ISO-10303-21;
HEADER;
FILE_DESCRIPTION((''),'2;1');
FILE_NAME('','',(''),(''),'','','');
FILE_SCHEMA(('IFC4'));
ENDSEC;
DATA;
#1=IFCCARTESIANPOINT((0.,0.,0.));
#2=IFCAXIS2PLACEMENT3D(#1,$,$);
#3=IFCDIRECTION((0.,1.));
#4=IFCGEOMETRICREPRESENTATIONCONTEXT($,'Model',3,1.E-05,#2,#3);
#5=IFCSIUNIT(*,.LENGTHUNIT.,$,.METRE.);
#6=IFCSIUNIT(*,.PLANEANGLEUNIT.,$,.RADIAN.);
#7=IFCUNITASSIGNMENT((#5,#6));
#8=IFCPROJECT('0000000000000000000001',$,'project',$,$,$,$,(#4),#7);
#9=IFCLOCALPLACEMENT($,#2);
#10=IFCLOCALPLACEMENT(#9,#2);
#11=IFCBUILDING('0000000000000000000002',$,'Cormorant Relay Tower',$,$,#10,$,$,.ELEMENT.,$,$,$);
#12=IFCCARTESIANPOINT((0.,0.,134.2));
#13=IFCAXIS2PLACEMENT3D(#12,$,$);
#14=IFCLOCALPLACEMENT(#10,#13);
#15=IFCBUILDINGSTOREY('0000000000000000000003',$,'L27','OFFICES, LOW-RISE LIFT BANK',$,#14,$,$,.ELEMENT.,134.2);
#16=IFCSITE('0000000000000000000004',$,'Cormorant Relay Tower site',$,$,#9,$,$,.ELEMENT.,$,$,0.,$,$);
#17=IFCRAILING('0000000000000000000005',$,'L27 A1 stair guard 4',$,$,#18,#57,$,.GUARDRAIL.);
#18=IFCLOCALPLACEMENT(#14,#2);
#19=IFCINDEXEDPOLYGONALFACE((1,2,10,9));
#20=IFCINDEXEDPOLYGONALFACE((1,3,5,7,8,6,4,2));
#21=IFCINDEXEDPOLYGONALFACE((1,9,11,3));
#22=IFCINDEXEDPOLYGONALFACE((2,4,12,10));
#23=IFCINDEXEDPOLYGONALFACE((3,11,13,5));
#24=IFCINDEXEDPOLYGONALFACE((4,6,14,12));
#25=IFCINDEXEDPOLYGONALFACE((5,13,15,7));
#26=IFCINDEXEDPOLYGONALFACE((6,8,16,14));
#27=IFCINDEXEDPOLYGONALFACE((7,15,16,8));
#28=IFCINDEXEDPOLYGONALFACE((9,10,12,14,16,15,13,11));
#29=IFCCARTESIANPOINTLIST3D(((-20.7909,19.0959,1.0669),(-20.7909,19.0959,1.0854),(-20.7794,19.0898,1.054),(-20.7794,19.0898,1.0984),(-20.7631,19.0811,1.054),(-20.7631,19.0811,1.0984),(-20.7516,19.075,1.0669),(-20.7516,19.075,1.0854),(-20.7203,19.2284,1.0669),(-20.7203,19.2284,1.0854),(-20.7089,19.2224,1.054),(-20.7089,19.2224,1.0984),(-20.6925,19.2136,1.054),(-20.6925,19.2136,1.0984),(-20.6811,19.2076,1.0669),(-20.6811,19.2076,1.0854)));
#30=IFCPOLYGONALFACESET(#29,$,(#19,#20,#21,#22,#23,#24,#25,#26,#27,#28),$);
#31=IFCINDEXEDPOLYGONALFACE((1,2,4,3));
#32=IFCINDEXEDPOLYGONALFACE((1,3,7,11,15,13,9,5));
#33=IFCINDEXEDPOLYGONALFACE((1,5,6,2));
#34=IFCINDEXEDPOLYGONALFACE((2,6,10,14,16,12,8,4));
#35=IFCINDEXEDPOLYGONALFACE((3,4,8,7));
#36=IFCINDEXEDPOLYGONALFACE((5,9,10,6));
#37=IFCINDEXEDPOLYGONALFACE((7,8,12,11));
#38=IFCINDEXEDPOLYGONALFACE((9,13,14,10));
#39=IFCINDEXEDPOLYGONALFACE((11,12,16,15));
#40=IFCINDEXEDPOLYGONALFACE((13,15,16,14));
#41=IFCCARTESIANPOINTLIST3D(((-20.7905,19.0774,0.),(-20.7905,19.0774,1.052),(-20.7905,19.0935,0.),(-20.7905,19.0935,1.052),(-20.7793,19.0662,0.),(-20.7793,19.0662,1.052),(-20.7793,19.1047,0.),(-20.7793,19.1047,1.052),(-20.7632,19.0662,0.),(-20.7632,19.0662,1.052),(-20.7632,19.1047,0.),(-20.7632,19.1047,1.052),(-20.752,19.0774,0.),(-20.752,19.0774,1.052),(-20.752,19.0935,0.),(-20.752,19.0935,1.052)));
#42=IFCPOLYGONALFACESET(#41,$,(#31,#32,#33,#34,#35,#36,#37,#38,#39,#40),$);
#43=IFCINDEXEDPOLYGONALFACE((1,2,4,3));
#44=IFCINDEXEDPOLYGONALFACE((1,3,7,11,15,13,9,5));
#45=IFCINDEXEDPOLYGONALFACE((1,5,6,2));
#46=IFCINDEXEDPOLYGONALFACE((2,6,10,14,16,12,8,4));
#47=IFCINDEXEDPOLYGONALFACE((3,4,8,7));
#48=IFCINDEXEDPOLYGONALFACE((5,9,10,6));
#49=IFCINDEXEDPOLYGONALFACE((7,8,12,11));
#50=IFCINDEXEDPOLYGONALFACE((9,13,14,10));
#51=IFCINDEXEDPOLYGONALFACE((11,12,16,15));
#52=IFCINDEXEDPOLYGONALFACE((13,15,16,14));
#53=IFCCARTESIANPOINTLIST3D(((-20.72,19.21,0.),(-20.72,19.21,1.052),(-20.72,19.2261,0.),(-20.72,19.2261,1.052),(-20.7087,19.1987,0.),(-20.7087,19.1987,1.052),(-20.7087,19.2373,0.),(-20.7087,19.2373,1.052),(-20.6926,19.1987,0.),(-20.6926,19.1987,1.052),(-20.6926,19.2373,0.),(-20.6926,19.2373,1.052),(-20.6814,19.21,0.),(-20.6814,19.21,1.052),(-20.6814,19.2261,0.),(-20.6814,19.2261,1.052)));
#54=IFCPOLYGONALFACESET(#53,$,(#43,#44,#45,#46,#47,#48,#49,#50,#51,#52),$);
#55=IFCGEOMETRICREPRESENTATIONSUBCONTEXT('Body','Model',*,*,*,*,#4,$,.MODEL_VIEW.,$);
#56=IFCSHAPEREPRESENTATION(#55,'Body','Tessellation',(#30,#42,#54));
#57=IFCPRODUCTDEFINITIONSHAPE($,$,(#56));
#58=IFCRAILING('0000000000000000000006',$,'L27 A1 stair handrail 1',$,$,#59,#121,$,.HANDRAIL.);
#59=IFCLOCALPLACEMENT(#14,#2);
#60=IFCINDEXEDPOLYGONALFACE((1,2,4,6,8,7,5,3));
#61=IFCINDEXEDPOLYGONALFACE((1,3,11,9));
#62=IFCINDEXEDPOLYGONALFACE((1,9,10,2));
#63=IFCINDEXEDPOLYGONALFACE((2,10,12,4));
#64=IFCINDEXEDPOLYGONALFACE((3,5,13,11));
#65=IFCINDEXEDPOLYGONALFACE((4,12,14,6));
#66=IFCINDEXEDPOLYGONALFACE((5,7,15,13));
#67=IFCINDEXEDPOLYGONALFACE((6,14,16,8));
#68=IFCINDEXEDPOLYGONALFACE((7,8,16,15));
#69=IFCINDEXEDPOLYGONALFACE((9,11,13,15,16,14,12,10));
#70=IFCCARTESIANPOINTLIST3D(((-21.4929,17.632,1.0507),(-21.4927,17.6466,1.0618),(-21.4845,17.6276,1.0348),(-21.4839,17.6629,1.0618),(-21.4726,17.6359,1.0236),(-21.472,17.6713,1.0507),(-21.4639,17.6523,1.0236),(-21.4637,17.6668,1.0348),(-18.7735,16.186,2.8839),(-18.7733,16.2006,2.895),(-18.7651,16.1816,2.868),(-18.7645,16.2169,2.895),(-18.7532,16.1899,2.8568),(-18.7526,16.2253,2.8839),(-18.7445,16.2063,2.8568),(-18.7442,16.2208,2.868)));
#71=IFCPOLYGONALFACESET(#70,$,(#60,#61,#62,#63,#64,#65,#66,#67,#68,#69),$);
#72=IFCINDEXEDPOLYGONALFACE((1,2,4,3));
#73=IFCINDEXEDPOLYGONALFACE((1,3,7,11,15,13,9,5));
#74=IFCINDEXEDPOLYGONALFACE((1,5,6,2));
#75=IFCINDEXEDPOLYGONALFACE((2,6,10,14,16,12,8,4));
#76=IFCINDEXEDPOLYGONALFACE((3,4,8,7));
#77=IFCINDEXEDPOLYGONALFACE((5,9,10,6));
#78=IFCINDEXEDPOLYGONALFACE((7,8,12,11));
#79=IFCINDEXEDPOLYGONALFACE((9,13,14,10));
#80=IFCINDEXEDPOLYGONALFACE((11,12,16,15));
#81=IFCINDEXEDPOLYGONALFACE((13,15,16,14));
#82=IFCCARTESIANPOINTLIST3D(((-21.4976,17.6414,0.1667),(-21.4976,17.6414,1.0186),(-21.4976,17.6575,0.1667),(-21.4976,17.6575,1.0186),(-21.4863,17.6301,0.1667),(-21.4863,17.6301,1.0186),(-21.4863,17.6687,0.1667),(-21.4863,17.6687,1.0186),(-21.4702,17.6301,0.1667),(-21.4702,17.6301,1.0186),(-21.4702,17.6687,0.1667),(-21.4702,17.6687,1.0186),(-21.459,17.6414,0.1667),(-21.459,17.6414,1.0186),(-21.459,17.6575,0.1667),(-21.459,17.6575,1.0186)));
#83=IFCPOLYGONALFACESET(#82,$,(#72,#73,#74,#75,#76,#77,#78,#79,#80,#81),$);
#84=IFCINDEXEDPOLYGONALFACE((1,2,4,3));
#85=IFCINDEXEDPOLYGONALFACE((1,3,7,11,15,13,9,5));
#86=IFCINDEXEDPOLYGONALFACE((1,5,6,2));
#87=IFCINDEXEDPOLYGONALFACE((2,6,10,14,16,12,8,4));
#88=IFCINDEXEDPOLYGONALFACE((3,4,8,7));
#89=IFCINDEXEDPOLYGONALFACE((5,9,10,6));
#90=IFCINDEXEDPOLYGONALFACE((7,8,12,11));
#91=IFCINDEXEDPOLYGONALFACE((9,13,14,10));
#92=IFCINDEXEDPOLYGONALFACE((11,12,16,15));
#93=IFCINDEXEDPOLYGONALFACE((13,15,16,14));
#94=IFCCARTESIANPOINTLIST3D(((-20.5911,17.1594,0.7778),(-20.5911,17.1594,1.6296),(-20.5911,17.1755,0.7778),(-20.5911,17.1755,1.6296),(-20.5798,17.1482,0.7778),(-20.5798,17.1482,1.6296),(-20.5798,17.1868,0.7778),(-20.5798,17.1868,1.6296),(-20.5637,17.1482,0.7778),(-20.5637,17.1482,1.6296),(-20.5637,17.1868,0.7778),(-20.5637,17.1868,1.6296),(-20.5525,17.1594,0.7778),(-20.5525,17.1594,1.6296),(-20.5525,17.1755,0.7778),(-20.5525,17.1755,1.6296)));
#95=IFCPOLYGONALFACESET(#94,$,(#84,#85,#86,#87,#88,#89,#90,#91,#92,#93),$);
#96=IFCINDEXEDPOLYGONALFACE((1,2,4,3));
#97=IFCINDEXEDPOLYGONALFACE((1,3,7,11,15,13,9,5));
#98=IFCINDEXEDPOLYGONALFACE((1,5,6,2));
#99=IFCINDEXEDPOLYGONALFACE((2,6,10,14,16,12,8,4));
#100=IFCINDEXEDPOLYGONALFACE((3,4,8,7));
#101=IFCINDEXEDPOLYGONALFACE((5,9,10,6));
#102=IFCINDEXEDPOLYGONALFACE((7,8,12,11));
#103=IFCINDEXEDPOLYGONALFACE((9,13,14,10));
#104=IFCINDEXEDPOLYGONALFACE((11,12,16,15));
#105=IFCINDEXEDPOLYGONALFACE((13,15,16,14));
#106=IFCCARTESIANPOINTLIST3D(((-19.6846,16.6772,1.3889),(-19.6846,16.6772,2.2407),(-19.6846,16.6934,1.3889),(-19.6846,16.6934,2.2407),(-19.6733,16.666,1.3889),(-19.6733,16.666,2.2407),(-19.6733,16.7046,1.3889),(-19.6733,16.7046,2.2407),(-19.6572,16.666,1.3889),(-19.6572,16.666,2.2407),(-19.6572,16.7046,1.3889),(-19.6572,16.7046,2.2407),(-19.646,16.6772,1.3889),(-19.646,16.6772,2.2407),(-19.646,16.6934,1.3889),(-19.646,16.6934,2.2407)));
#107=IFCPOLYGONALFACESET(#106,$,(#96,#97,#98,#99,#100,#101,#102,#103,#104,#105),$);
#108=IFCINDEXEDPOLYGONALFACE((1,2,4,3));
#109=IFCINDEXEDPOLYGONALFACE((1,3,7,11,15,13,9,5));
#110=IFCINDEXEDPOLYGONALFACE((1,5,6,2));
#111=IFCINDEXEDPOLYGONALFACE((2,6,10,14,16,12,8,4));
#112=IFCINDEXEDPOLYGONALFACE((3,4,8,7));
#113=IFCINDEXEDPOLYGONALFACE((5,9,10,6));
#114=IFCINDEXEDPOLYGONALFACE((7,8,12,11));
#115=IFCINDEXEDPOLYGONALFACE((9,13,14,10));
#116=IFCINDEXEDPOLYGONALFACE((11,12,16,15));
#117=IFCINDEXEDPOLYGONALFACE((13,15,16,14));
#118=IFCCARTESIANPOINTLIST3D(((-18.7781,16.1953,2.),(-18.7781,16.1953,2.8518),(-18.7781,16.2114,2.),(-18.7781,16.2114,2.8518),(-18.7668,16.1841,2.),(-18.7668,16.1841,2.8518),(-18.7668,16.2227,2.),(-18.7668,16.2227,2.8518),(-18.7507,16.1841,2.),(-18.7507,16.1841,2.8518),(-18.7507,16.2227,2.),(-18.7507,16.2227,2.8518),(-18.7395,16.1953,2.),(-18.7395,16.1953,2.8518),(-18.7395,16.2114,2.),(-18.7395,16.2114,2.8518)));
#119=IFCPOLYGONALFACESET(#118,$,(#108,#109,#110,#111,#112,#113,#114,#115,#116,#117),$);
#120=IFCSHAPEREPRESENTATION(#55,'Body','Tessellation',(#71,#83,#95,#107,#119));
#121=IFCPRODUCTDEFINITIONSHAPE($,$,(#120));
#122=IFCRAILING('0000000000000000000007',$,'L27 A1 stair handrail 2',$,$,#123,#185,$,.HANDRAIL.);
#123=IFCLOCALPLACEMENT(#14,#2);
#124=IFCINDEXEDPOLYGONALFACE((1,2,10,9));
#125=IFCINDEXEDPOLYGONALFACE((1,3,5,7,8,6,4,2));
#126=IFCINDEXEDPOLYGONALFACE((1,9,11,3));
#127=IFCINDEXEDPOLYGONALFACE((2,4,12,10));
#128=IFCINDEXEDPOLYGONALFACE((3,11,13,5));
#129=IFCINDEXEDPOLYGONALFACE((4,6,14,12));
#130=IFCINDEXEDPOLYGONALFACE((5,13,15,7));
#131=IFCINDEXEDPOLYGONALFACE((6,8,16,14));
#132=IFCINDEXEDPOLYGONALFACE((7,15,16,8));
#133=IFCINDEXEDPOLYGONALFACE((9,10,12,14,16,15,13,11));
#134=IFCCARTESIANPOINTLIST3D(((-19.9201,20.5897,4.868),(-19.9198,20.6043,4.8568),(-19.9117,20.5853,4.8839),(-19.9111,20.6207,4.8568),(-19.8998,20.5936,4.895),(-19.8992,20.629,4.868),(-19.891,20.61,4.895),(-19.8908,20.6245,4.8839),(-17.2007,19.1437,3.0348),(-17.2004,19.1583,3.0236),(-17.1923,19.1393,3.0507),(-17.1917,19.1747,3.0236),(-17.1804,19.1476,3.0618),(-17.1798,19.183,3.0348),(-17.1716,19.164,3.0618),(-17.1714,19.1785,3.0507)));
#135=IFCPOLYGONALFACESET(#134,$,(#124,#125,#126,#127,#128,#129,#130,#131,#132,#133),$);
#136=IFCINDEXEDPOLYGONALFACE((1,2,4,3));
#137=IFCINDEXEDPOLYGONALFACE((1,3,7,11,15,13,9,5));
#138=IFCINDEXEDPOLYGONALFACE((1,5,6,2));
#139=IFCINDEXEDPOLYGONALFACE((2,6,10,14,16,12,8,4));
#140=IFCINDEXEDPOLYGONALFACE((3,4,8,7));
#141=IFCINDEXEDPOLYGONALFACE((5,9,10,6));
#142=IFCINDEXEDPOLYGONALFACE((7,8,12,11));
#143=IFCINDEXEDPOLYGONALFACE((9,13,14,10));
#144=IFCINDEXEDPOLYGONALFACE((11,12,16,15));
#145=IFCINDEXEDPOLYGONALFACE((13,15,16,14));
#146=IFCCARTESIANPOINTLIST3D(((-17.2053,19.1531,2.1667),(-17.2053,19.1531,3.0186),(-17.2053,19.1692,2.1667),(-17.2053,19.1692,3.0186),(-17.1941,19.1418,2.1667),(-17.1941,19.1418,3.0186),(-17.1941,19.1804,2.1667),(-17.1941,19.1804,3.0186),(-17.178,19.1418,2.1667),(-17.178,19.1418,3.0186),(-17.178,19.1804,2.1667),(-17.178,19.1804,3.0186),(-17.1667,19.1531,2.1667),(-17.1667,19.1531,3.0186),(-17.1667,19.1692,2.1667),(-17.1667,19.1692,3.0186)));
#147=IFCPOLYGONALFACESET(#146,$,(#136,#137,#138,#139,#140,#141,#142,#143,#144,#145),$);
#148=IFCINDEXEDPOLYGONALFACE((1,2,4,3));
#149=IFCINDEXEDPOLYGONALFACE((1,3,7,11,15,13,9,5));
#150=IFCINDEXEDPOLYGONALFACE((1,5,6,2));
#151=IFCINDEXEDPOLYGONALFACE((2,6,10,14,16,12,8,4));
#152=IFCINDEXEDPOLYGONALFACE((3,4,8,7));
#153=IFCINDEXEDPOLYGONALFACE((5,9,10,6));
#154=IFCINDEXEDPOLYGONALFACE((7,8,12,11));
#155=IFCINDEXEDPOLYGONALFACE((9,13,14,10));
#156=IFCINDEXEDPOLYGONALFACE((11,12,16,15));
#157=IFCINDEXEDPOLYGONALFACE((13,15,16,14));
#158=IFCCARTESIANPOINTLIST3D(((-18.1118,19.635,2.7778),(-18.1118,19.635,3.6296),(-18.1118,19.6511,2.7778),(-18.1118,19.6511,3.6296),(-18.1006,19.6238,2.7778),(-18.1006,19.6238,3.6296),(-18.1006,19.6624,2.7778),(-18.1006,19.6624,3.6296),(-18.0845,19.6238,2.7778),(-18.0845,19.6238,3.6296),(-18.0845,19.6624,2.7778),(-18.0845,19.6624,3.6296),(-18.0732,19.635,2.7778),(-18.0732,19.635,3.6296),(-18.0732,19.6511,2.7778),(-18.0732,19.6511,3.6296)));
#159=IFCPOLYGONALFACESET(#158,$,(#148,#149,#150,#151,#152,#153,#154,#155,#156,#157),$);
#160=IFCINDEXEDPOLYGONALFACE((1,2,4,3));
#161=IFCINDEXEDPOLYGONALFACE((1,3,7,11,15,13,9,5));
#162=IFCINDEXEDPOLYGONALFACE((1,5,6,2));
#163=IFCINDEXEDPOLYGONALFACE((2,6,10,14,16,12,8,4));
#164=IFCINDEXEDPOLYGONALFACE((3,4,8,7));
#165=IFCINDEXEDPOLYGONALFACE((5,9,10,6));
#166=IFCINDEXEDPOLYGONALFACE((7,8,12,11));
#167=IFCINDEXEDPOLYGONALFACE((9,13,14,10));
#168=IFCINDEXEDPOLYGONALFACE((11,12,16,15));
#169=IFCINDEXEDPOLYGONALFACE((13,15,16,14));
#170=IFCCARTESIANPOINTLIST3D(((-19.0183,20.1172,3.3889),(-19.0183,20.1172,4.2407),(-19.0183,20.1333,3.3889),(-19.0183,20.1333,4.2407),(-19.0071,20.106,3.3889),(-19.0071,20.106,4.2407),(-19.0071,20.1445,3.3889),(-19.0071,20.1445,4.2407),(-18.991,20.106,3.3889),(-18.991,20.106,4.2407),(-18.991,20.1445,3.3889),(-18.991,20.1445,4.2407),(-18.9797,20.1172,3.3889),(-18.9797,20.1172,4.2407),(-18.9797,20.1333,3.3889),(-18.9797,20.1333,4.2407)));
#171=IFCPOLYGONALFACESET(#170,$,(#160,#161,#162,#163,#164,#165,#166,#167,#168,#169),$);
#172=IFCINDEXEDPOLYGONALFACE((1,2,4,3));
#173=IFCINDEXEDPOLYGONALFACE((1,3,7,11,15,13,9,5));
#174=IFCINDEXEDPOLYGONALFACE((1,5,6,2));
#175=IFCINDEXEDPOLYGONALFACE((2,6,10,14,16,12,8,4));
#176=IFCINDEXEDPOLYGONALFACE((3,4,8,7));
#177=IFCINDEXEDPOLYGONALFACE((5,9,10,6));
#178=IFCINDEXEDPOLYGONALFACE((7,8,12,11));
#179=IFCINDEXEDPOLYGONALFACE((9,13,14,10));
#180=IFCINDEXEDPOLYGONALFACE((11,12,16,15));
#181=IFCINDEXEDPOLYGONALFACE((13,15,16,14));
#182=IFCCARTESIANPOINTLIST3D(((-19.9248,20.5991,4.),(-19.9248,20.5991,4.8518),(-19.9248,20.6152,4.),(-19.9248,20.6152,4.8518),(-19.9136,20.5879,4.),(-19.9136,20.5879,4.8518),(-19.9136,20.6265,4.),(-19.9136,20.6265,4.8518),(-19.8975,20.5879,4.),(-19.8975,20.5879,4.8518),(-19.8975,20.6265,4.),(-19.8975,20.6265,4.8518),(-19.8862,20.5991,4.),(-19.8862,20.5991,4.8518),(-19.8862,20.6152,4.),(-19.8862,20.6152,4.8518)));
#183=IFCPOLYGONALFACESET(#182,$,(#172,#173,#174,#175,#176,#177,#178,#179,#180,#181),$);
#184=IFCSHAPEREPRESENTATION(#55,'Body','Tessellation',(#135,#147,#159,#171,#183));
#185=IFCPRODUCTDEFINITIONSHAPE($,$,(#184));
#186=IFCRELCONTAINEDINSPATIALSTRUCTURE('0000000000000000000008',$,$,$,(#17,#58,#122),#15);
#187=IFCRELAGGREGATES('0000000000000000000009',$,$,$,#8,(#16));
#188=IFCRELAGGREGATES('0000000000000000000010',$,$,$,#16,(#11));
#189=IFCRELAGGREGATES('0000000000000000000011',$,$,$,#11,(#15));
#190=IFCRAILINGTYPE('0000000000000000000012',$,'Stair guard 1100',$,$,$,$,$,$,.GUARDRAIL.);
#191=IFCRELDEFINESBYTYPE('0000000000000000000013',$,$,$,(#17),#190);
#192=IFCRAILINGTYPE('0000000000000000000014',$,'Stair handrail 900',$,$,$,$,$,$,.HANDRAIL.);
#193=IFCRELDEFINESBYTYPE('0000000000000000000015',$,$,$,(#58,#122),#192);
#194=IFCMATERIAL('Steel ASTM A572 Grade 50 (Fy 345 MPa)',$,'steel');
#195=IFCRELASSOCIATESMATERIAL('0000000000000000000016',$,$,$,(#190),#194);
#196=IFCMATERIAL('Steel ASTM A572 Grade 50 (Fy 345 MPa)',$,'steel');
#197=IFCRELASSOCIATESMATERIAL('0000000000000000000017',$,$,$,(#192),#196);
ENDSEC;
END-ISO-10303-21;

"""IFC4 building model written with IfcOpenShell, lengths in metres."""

from ifc_helpers import new_model, si_unit, direction, frame, origin, place, context, subcontext, project, spatial, polyline, outline, extrude, material, type_object, element, save


model = new_model("IFC4")

# Units and contexts
model_context = context("Model", 3, precision=1e-05, world=origin(), true_north=direction((0.0, 1.0)))
body_context = subcontext(model_context, "Body", "Model", "MODEL_VIEW")
ifc_project = project(units=[si_unit("LENGTHUNIT", "METRE"), si_unit("PLANEANGLEUNIT", "RADIAN")], contexts=[model_context])

# Site, building, storey
site_placement = place(None, origin())
site = spatial("IfcSite", under=ifc_project, at=site_placement, Name="Cormorant Relay Tower site", CompositionType="ELEMENT", RefElevation=0.0)
building_placement = place(site_placement, origin())
building = spatial("IfcBuilding", under=site, at=building_placement, Name="Cormorant Relay Tower", CompositionType="ELEMENT")
storey_placement = place(building_placement, frame((0.0, 0.0, 134.2)))
storey = spatial("IfcBuildingStorey", under=building, at=storey_placement, Name="L27", Description="OFFICES, LOW-RISE LIFT BANK", CompositionType="ELEMENT", Elevation=134.2)

# Railings
ifc_material_1 = material(Name="Steel ASTM A572 Grade 50 (Fy 345 MPa)", Category="steel")
railing_type_1 = type_object("IfcRailingType", Name="Stair guard 1100", PredefinedType="GUARDRAIL", material=ifc_material_1)
railing_1_placement = place(storey_placement, frame((-20.7712, 19.0854, 0.0)))
element("IfcRailing", 1, at=railing_1_placement, inside=storey, type_object=railing_type_1, Name="L27 A1 stair guard 4", PredefinedType="GUARDRAIL", context=body_context, shape_type="SweptSolid", body=[
    extrude(outline(polyline([(0.0222, 0.0093), (0.0093, 0.0222), (-0.0093, 0.0222), (-0.0222, 0.0093), (-0.0222, -0.0093), (-0.0093, -0.0222), (0.0093, -0.0222), (0.0222, -0.0093), (0.0222, 0.0093)])), frame((0.0, 0.0, 1.0762), z_axis=(0.469829, 0.882758, 0.0), x_axis=(-0.882758, 0.469829, 0.0)), (0.0, 0.0, 1.0), 0.1501),
    extrude(outline(polyline([(0.0193, 0.0081), (0.0081, 0.0193), (-0.0081, 0.0193), (-0.0193, 0.0081), (-0.0193, -0.0081), (-0.0081, -0.0193), (0.0081, -0.0193), (0.0193, -0.0081), (0.0193, 0.0081)])), origin(), (0.0, 0.0, 1.0), 1.052),
    extrude(outline(polyline([(0.0193, 0.0081), (0.0081, 0.0193), (-0.0081, 0.0193), (-0.0193, 0.0081), (-0.0193, -0.0081), (-0.0081, -0.0193), (0.0081, -0.0193), (0.0193, -0.0081), (0.0193, 0.0081)])), frame((0.0706, 0.1326, 0.0)), (0.0, 0.0, 1.0), 1.052),
])
ifc_material_2 = material(Name="Steel ASTM A572 Grade 50 (Fy 345 MPa)", Category="steel")
railing_type_2 = type_object("IfcRailingType", Name="Stair handrail 900", PredefinedType="HANDRAIL", material=ifc_material_2)
railing_2_placement = place(storey_placement, frame((-21.4783, 17.6494, 0.1667)))
element("IfcRailing", 2, at=railing_2_placement, inside=storey, type_object=railing_type_2, Name="L27 A1 stair handrail 1", PredefinedType="HANDRAIL", context=body_context, shape_type="SweptSolid", body=[
    extrude(outline(polyline([(0.0222, 0.0093), (0.0093, 0.0222), (-0.0093, 0.0222), (-0.0222, 0.0093), (-0.0222, -0.0093), (-0.0093, -0.0222), (0.0093, -0.0222), (0.0222, -0.0093), (0.0222, 0.0093)])), frame((0.0, 0.0, 0.876), z_axis=(0.758714, -0.403435, 0.511463), x_axis=(0.469489, 0.882938, 0.0)), (0.0, 0.0, 1.0), 3.5842),
    extrude(outline(polyline([(0.0193, 0.0081), (0.0081, 0.0193), (-0.0081, 0.0193), (-0.0193, 0.0081), (-0.0193, -0.0081), (-0.0081, -0.0193), (0.0081, -0.0193), (0.0193, -0.0081), (0.0193, 0.0081)])), origin(), (0.0, 0.0, 1.0), 0.8518),
    extrude(outline(polyline([(0.0193, 0.0081), (0.0081, 0.0193), (-0.0081, 0.0193), (-0.0193, 0.0081), (-0.0193, -0.0081), (-0.0081, -0.0193), (0.0081, -0.0193), (0.0193, -0.0081), (0.0193, 0.0081)])), frame((0.9065, -0.4819, 0.6111)), (0.0, 0.0, 1.0), 0.8518),
    extrude(outline(polyline([(0.0193, 0.0081), (0.0081, 0.0193), (-0.0081, 0.0193), (-0.0193, 0.0081), (-0.0193, -0.0081), (-0.0081, -0.0193), (0.0081, -0.0193), (0.0193, -0.0081), (0.0193, 0.0081)])), frame((1.813, -0.9641, 1.2222)), (0.0, 0.0, 1.0), 0.8518),
    extrude(outline(polyline([(0.0193, 0.0081), (0.0081, 0.0193), (-0.0081, 0.0193), (-0.0193, 0.0081), (-0.0193, -0.0081), (-0.0081, -0.0193), (0.0081, -0.0193), (0.0193, -0.0081), (0.0193, 0.0081)])), frame((2.7195, -1.446, 1.8333)), (0.0, 0.0, 1.0), 0.8518),
])
railing_3_placement = place(storey_placement, frame((-17.186, 19.1611, 2.1667)))
element("IfcRailing", 3, at=railing_3_placement, inside=storey, type_object=railing_type_2, Name="L27 A1 stair handrail 2", PredefinedType="HANDRAIL", context=body_context, shape_type="SweptSolid", body=[
    extrude(outline(polyline([(0.0222, 0.0093), (0.0093, 0.0222), (-0.0093, 0.0222), (-0.0222, 0.0093), (-0.0222, -0.0093), (-0.0093, -0.0222), (0.0093, -0.0222), (0.0222, -0.0093), (0.0222, 0.0093)])), frame((0.0, 0.0, 0.876), z_axis=(-0.758714, 0.403435, 0.511463), x_axis=(-0.469489, -0.882938, 0.0)), (0.0, 0.0, 1.0), 3.5842),
    extrude(outline(polyline([(0.0193, 0.0081), (0.0081, 0.0193), (-0.0081, 0.0193), (-0.0193, 0.0081), (-0.0193, -0.0081), (-0.0081, -0.0193), (0.0081, -0.0193), (0.0193, -0.0081), (0.0193, 0.0081)])), origin(), (0.0, 0.0, 1.0), 0.8518),
    extrude(outline(polyline([(0.0193, 0.0081), (0.0081, 0.0193), (-0.0081, 0.0193), (-0.0193, 0.0081), (-0.0193, -0.0081), (-0.0081, -0.0193), (0.0081, -0.0193), (0.0193, -0.0081), (0.0193, 0.0081)])), frame((-0.9065, 0.4819, 0.6111)), (0.0, 0.0, 1.0), 0.8518),
    extrude(outline(polyline([(0.0193, 0.0081), (0.0081, 0.0193), (-0.0081, 0.0193), (-0.0193, 0.0081), (-0.0193, -0.0081), (-0.0081, -0.0193), (0.0081, -0.0193), (0.0193, -0.0081), (0.0193, 0.0081)])), frame((-1.813, 0.9641, 1.2222)), (0.0, 0.0, 1.0), 0.8518),
    extrude(outline(polyline([(0.0193, 0.0081), (0.0081, 0.0193), (-0.0081, 0.0193), (-0.0193, 0.0081), (-0.0193, -0.0081), (-0.0081, -0.0193), (0.0081, -0.0193), (0.0193, -0.0081), (0.0193, 0.0081)])), frame((-2.7195, 1.446, 1.8333)), (0.0, 0.0, 1.0), 0.8518),
])

save(model, "model.ifc")
